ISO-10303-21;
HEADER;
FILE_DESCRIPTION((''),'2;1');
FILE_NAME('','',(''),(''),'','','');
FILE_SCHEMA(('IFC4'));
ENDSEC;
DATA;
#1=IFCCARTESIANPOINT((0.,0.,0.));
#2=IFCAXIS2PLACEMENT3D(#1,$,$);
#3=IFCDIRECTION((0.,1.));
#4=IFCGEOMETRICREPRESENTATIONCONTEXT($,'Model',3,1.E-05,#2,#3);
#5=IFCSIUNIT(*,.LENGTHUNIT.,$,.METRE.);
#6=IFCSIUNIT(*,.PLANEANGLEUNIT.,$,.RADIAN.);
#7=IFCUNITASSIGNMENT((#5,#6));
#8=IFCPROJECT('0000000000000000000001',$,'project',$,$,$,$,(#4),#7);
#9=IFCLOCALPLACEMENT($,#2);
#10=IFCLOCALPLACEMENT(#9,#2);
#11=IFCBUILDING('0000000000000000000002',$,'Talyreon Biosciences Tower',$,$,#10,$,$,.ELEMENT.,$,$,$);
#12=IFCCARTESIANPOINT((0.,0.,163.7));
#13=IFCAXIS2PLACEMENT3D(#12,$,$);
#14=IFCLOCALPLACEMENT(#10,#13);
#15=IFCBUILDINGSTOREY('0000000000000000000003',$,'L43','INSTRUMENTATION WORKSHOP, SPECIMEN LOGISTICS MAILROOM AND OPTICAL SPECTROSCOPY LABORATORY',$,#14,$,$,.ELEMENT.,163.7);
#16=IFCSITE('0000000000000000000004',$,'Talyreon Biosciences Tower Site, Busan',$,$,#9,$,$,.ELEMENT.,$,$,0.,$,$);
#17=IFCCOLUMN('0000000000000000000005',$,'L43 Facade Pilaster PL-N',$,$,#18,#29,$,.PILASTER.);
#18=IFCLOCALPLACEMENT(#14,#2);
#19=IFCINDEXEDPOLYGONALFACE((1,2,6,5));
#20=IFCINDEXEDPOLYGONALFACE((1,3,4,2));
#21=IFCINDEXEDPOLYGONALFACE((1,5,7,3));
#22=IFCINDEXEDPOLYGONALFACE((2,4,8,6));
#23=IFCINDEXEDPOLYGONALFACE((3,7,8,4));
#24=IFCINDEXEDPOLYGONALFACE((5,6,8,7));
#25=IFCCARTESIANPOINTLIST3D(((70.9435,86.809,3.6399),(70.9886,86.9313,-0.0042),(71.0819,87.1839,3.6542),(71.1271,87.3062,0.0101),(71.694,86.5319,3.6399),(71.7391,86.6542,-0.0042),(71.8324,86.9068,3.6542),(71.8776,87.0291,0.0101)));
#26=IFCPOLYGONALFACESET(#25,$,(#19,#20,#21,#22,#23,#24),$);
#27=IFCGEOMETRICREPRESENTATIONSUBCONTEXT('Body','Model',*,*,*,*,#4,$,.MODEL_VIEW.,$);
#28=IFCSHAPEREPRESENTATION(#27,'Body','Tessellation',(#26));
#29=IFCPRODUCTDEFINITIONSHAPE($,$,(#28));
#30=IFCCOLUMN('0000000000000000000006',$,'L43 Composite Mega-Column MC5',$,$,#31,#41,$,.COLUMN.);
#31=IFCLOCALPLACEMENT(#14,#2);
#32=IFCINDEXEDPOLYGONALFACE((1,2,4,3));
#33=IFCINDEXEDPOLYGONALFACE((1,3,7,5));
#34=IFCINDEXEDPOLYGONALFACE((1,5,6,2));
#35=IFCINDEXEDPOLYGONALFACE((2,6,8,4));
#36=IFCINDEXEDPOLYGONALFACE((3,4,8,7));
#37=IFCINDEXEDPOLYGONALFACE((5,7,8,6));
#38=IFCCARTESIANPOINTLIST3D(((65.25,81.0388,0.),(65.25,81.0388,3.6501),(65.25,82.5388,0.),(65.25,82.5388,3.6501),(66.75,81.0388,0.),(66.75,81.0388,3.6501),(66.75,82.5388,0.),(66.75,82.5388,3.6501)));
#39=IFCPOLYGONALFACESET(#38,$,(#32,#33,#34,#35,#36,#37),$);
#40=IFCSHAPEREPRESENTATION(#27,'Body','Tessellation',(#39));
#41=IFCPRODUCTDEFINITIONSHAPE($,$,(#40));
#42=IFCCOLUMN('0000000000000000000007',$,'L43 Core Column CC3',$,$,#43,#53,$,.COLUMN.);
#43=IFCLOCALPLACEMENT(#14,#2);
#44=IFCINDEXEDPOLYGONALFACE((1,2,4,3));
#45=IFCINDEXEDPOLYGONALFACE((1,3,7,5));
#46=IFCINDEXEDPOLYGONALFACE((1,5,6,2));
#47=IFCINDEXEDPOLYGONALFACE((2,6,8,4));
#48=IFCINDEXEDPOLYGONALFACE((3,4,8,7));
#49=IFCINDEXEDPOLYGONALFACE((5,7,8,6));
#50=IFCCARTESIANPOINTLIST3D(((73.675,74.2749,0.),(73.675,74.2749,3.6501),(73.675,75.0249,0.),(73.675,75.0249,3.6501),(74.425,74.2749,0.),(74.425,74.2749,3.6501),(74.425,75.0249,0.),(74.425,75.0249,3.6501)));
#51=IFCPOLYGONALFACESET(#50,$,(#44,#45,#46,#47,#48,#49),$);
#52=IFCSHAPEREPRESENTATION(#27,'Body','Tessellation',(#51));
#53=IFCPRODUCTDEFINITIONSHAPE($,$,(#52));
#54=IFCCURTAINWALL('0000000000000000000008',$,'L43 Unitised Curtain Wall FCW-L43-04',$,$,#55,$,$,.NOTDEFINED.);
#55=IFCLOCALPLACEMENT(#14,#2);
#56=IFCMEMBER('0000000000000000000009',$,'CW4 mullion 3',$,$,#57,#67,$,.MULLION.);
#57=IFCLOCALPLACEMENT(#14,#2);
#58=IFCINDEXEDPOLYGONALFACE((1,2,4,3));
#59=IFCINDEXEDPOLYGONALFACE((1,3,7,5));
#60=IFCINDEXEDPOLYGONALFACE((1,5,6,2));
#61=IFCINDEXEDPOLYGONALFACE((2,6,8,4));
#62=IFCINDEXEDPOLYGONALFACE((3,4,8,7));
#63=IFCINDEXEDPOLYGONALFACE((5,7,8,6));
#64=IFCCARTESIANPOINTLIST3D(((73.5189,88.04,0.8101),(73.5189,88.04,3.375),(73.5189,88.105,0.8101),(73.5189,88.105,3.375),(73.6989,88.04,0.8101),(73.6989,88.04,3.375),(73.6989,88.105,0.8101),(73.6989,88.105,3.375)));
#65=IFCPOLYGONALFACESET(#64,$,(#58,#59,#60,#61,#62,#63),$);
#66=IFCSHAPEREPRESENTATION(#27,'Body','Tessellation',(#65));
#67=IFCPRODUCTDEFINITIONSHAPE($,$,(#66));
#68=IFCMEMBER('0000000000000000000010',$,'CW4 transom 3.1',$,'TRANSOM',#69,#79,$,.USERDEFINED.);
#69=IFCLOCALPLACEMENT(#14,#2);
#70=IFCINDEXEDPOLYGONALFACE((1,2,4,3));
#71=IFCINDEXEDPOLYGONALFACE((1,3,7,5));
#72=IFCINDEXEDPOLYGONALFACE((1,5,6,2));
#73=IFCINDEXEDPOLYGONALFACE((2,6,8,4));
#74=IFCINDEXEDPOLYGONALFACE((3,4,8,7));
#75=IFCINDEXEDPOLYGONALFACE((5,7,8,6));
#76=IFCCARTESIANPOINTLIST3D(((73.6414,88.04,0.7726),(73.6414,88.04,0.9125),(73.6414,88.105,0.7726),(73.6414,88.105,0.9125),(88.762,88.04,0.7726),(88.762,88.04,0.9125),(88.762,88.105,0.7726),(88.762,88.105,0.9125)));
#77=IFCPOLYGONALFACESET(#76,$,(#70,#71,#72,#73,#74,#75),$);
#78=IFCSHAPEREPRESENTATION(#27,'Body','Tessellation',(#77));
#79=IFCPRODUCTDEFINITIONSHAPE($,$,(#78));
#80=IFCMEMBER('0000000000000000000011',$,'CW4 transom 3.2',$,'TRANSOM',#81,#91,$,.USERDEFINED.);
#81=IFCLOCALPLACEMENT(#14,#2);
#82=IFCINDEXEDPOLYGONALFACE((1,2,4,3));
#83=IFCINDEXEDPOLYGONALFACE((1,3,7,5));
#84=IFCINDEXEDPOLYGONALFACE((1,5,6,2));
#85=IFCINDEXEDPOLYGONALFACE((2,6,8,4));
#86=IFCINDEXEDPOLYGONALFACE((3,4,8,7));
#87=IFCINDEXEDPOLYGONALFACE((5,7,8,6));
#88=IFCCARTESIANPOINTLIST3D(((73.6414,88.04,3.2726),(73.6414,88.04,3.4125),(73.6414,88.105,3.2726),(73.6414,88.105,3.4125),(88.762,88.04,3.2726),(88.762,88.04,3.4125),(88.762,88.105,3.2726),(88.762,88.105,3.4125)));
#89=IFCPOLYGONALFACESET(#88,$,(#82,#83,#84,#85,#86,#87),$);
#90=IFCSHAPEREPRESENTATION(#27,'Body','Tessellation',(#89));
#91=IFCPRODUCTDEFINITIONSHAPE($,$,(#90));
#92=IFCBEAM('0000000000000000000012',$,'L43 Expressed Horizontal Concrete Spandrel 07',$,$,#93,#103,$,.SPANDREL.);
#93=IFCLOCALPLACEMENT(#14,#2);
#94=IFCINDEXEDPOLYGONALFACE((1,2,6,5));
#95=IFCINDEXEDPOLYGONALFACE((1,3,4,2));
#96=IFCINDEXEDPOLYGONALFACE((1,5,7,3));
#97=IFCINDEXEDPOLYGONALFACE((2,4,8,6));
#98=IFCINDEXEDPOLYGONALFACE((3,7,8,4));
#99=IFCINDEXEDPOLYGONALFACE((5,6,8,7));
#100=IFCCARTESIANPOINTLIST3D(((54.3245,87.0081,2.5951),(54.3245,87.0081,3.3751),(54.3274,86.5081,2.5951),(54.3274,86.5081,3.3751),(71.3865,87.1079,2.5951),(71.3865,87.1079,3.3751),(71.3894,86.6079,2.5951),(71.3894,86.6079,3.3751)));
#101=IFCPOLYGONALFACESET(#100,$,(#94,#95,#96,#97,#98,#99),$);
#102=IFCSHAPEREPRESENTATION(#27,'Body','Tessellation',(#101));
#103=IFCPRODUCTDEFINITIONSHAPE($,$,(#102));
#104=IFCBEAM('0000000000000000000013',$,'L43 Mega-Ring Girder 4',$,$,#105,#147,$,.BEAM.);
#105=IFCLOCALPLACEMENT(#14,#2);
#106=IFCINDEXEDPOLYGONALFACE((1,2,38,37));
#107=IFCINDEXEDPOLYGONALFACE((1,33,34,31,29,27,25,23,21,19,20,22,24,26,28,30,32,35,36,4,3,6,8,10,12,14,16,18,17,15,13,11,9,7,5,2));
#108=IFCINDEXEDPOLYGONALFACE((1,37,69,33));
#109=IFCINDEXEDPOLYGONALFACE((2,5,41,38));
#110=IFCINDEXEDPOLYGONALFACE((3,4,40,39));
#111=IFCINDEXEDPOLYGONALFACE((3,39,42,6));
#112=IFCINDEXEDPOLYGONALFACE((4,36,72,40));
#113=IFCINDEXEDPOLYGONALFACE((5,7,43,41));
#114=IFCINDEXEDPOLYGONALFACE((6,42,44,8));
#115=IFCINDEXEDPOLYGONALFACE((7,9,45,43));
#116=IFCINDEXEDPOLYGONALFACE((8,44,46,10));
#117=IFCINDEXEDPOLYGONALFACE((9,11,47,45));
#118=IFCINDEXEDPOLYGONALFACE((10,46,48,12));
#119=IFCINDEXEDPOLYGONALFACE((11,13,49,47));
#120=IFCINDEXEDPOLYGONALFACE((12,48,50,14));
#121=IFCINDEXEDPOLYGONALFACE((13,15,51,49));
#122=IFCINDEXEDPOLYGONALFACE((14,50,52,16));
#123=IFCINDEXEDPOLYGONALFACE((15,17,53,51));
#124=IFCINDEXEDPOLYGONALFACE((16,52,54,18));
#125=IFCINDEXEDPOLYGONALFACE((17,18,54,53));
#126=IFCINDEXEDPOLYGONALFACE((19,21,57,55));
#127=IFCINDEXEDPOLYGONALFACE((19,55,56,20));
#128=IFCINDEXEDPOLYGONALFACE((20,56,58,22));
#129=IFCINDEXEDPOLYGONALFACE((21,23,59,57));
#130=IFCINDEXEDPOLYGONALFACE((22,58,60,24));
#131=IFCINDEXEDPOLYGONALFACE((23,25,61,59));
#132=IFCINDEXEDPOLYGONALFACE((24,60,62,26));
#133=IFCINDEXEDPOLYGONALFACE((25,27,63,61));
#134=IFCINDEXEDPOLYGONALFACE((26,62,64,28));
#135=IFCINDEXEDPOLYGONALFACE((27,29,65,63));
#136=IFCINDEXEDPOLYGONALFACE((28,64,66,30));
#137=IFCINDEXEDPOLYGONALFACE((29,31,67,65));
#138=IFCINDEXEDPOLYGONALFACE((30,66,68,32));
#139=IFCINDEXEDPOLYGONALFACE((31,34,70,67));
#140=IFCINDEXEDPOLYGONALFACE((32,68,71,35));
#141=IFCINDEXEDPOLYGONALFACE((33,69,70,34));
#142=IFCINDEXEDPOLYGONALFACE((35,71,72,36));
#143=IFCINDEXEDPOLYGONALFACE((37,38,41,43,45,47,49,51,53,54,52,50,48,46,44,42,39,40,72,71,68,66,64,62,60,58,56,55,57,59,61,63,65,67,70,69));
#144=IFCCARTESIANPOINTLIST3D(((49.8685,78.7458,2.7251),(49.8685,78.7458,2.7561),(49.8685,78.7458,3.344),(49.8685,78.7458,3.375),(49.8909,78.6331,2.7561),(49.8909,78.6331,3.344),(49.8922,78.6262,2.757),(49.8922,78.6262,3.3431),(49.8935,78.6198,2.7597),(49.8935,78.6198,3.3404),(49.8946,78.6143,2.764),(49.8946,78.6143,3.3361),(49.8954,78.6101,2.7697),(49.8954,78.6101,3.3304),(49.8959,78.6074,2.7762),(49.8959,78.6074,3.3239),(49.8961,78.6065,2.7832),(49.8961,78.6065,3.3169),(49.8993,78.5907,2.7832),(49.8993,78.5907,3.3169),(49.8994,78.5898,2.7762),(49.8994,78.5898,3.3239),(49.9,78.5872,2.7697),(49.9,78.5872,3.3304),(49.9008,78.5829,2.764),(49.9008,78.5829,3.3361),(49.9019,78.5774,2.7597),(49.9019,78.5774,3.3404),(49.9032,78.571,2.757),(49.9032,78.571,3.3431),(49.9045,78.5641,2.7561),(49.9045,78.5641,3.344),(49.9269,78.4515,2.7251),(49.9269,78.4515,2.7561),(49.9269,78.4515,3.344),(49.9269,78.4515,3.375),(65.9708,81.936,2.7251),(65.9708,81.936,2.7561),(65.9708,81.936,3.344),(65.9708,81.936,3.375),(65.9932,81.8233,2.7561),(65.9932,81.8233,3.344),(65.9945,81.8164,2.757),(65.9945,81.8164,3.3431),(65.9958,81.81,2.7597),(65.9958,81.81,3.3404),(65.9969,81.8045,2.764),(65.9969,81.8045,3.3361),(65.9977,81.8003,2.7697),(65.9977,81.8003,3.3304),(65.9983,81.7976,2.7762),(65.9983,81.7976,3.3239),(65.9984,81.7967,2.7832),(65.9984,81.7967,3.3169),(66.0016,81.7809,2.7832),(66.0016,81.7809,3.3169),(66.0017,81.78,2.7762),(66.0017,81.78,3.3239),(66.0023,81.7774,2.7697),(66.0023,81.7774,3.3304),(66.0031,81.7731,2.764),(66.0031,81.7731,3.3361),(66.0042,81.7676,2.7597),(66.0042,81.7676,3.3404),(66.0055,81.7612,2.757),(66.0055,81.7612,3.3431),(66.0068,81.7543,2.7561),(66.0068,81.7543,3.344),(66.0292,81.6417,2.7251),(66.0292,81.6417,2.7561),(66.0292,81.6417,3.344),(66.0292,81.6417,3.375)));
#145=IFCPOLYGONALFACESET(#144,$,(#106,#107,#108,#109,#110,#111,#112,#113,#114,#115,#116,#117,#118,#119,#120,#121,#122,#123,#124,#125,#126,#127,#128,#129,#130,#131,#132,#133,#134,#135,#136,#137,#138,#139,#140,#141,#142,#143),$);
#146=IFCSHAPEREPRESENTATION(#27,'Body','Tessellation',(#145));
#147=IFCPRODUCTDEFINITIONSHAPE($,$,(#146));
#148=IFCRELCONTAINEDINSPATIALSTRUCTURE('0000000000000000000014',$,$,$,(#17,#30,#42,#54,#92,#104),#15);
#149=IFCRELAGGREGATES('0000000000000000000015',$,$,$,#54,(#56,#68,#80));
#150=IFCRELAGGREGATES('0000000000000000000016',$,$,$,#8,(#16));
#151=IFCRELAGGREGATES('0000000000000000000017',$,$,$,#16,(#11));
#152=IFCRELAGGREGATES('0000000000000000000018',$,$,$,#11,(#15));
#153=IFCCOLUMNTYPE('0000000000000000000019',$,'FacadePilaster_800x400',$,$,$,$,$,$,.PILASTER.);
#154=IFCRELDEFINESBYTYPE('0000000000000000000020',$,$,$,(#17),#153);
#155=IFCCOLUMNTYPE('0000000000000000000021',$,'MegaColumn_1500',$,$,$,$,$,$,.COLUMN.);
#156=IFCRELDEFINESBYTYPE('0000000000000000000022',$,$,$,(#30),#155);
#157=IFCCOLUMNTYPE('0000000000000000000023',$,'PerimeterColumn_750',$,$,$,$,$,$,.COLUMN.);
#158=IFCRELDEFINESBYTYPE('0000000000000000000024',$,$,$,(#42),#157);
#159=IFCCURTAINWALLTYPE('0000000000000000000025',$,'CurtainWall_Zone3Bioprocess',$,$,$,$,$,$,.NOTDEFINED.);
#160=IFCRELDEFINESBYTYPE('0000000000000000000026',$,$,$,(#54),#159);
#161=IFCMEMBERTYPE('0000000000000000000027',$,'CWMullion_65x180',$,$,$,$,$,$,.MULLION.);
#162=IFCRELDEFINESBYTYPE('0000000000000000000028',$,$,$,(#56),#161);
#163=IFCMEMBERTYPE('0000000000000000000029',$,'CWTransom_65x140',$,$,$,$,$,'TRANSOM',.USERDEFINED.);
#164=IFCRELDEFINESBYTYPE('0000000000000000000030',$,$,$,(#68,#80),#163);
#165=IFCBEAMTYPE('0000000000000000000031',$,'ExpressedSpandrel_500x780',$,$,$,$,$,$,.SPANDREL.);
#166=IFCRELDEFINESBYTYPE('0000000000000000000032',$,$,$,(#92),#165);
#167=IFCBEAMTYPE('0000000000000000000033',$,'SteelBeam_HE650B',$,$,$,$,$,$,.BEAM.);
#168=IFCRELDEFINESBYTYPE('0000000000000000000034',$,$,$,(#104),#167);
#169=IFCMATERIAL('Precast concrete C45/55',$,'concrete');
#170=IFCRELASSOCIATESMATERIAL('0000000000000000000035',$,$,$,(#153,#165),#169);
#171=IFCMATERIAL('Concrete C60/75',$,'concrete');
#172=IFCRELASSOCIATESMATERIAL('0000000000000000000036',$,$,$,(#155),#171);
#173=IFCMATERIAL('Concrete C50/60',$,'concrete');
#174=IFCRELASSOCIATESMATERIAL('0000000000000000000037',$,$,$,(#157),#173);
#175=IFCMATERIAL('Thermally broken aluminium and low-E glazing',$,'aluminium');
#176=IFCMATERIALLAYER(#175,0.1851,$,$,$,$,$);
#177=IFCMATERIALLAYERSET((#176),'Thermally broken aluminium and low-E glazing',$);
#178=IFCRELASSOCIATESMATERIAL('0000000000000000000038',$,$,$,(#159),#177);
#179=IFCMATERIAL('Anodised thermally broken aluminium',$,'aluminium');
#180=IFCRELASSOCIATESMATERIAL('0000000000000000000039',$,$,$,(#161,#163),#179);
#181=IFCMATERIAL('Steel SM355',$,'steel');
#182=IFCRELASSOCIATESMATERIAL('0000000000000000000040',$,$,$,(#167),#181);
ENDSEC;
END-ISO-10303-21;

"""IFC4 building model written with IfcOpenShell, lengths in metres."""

from ifc_helpers import new_model, si_unit, direction, frame, origin, origin_2d, place, context, subcontext, project, spatial, rectangle, i_section, extrude, material, layer, layer_set, material_profile, profile_set, type_object, element, aggregate, save


model = new_model("IFC4")

# Units and contexts
model_context = context("Model", 3, precision=1e-05, world=origin(), true_north=direction((0.0, 1.0)))
body_context = subcontext(model_context, "Body", "Model", "MODEL_VIEW")
ifc_project = project(units=[si_unit("LENGTHUNIT", "METRE"), si_unit("PLANEANGLEUNIT", "RADIAN")], contexts=[model_context])

# Site, building, storey
site_placement = place(None, origin())
site = spatial("IfcSite", under=ifc_project, at=site_placement, Name="Talyreon Biosciences Tower Site, Busan", CompositionType="ELEMENT", RefElevation=0.0)
building_placement = place(site_placement, origin())
building = spatial("IfcBuilding", under=site, at=building_placement, Name="Talyreon Biosciences Tower", CompositionType="ELEMENT")
storey_placement = place(building_placement, frame((0.0, 0.0, 163.7)))
storey = spatial("IfcBuildingStorey", under=building, at=storey_placement, Name="L43", Description="INSTRUMENTATION WORKSHOP, SPECIMEN LOGISTICS MAILROOM AND OPTICAL SPECTROSCOPY LABORATORY", CompositionType="ELEMENT", Elevation=163.7)

# Columns
ifc_material_1 = material(Name="Precast concrete C45/55", Category="concrete")
ifc_material_profile_1 = material_profile(ifc_material_1, rectangle(XDim=0.8, YDim=0.3999, at=origin_2d()), Name="RC 800x400")
ifc_profile_set_1 = profile_set([ifc_material_profile_1], Name="Precast concrete C45/55")
column_type_1 = type_object("IfcColumnType", Name="FacadePilaster_800x400", PredefinedType="PILASTER", material=ifc_profile_set_1)
column_1_placement = place(storey_placement, frame((71.4331, 86.9802, 0.0029), z_axis=(-0.012387, -0.033544, 0.99936), x_axis=(-0.938087, 0.346399, 0.0)))
element("IfcColumn", 1, at=column_1_placement, inside=storey, type_object=column_type_1, Name="L43 Facade Pilaster PL-N", PredefinedType="PILASTER", context=body_context, shape_type="SweptSolid", body=[
    extrude(rectangle(XDim=0.8, YDim=0.3999, at=origin_2d()), origin(), (0.0, 0.0, 1.0), 3.6465),
])
ifc_material_2 = material(Name="Concrete C60/75", Category="concrete")
ifc_material_profile_2 = material_profile(ifc_material_2, rectangle(XDim=1.5, YDim=1.5, at=origin_2d()), Name="RC 1500x1500")
ifc_profile_set_2 = profile_set([ifc_material_profile_2], Name="Concrete C60/75")
column_type_2 = type_object("IfcColumnType", Name="MegaColumn_1500", PredefinedType="COLUMN", material=ifc_profile_set_2)
column_2_placement = place(storey_placement, frame((66.0, 81.7888, 0.0), z_axis=(0.0, 0.0, 1.0), x_axis=(1.0, 0.0, 0.0)))
element("IfcColumn", 2, at=column_2_placement, inside=storey, type_object=column_type_2, Name="L43 Composite Mega-Column MC5", PredefinedType="COLUMN", context=body_context, shape_type="SweptSolid", body=[
    extrude(rectangle(XDim=1.5, YDim=1.5, at=origin_2d()), origin(), (0.0, 0.0, 1.0), 3.6501),
])
ifc_material_3 = material(Name="Concrete C50/60", Category="concrete")
ifc_material_profile_3 = material_profile(ifc_material_3, rectangle(XDim=0.75, YDim=0.75, at=origin_2d()), Name="RC 750x750")
ifc_profile_set_3 = profile_set([ifc_material_profile_3], Name="Concrete C50/60")
column_type_3 = type_object("IfcColumnType", Name="PerimeterColumn_750", PredefinedType="COLUMN", material=ifc_profile_set_3)
column_3_placement = place(storey_placement, frame((74.05, 74.6499, 0.0), z_axis=(0.0, 0.0, 1.0), x_axis=(1.0, 0.0, 0.0)))
element("IfcColumn", 3, at=column_3_placement, inside=storey, type_object=column_type_3, Name="L43 Core Column CC3", PredefinedType="COLUMN", context=body_context, shape_type="SweptSolid", body=[
    extrude(rectangle(XDim=0.75, YDim=0.75, at=origin_2d()), origin(), (0.0, 0.0, 1.0), 3.6501),
])

# Curtain wall, members
ifc_material_4 = material(Name="Thermally broken aluminium and low-E glazing", Category="aluminium")
ifc_layer_1 = layer(ifc_material_4, 0.1851)
ifc_layer_set_1 = layer_set([ifc_layer_1], Name="Thermally broken aluminium and low-E glazing")
curtain_wall_type = type_object("IfcCurtainWallType", Name="CurtainWall_Zone3Bioprocess", PredefinedType="NOTDEFINED", material=ifc_layer_set_1)
curtain_wall_placement = place(storey_placement, origin())
curtain_wall = element("IfcCurtainWall", 4, at=curtain_wall_placement, inside=storey, type_object=curtain_wall_type, Name="L43 Unitised Curtain Wall FCW-L43-04", PredefinedType="NOTDEFINED")
ifc_material_5 = material(Name="Anodised thermally broken aluminium", Category="aluminium")
ifc_material_profile_4 = material_profile(ifc_material_5, rectangle(XDim=0.0649, YDim=0.1799, at=origin_2d()), Name="ALUM MULLION 65x180")
ifc_profile_set_4 = profile_set([ifc_material_profile_4], Name="Anodised thermally broken aluminium")
member_type_1 = type_object("IfcMemberType", Name="CWMullion_65x180", PredefinedType="MULLION", material=ifc_profile_set_4)
member_1_placement = place(storey_placement, frame((73.6089, 88.0725, 0.8101), z_axis=(0.0, 0.0, 1.0), x_axis=(0.0, 1.0, 0.0)))
member_1 = element("IfcMember", 5, at=member_1_placement, type_object=member_type_1, Name="CW4 mullion 3", PredefinedType="MULLION", context=body_context, shape_type="SweptSolid", body=[
    extrude(rectangle(XDim=0.0649, YDim=0.1799, at=origin_2d()), origin(), (0.0, 0.0, 1.0), 2.5649),
])
ifc_material_profile_5 = material_profile(ifc_material_5, rectangle(XDim=0.0649, YDim=0.1399, at=origin_2d()), Name="ALUM TRANSOM 65x140")
ifc_profile_set_5 = profile_set([ifc_material_profile_5], Name="Anodised thermally broken aluminium")
member_type_2 = type_object("IfcMemberType", Name="CWTransom_65x140", ElementType="TRANSOM", PredefinedType="USERDEFINED", material=ifc_profile_set_5)
member_2_placement = place(storey_placement, frame((73.6414, 88.0725, 0.8425), z_axis=(1.0, 0.0, 0.0), x_axis=(0.0, 1.0, 0.0)))
member_2 = element("IfcMember", 6, at=member_2_placement, type_object=member_type_2, Name="CW4 transom 3.1", ObjectType="TRANSOM", PredefinedType="USERDEFINED", context=body_context, shape_type="SweptSolid", body=[
    extrude(rectangle(XDim=0.0649, YDim=0.1399, at=origin_2d()), origin(), (0.0, 0.0, 1.0), 15.1206),
])
member_3_placement = place(storey_placement, frame((73.6414, 88.0725, 3.3425), z_axis=(1.0, 0.0, 0.0), x_axis=(0.0, 1.0, 0.0)))
member_3 = element("IfcMember", 7, at=member_3_placement, type_object=member_type_2, Name="CW4 transom 3.2", ObjectType="TRANSOM", PredefinedType="USERDEFINED", context=body_context, shape_type="SweptSolid", body=[
    extrude(rectangle(XDim=0.0649, YDim=0.1399, at=origin_2d()), origin(), (0.0, 0.0, 1.0), 15.1206),
])

# Beams
ifc_material_profile_6 = material_profile(ifc_material_1, rectangle(XDim=0.5, YDim=0.78, at=origin_2d()), Name="RCB 500x780")
ifc_profile_set_6 = profile_set([ifc_material_profile_6], Name="Precast concrete C45/55")
beam_type_1 = type_object("IfcBeamType", Name="ExpressedSpandrel_500x780", PredefinedType="SPANDREL", material=ifc_profile_set_6)
beam_1_placement = place(storey_placement, frame((71.3879, 86.8579, 2.9851), z_axis=(-0.999983, -0.005852, 0.0), x_axis=(0.005852, -0.999983, 0.0)))
element("IfcBeam", 8, at=beam_1_placement, inside=storey, type_object=beam_type_1, Name="L43 Expressed Horizontal Concrete Spandrel 07", PredefinedType="SPANDREL", context=body_context, shape_type="SweptSolid", body=[
    extrude(rectangle(XDim=0.5, YDim=0.78, at=origin_2d()), origin(), (0.0, 0.0, 1.0), 17.0623),
])
ifc_material_6 = material(Name="Steel SM355", Category="steel")
ifc_material_profile_7 = material_profile(ifc_material_6, i_section(OverallWidth=0.3, OverallDepth=0.6499, WebThickness=0.0161, FlangeThickness=0.031, FilletRadius=0.0271, at=origin_2d()), Name="HE650B")
ifc_profile_set_7 = profile_set([ifc_material_profile_7], Name="Steel SM355")
beam_type_2 = type_object("IfcBeamType", Name="SteelBeam_HE650B", PredefinedType="BEAM", material=ifc_profile_set_7)
beam_2_placement = place(storey_placement, frame((66.0, 81.7888, 3.05), z_axis=(-0.980934, -0.194343, 0.0), x_axis=(0.194343, -0.980934, 0.0)))
element("IfcBeam", 9, at=beam_2_placement, inside=storey, type_object=beam_type_2, Name="L43 Mega-Ring Girder 4", PredefinedType="BEAM", context=body_context, shape_type="SweptSolid", body=[
    extrude(i_section(OverallWidth=0.3, OverallDepth=0.6499, WebThickness=0.0161, FlangeThickness=0.031, FilletRadius=0.0271, at=origin_2d()), origin(), (0.0, 0.0, 1.0), 16.4153),
])

aggregate(curtain_wall, [member_1, member_2, member_3])

save(model, "model.ifc")
